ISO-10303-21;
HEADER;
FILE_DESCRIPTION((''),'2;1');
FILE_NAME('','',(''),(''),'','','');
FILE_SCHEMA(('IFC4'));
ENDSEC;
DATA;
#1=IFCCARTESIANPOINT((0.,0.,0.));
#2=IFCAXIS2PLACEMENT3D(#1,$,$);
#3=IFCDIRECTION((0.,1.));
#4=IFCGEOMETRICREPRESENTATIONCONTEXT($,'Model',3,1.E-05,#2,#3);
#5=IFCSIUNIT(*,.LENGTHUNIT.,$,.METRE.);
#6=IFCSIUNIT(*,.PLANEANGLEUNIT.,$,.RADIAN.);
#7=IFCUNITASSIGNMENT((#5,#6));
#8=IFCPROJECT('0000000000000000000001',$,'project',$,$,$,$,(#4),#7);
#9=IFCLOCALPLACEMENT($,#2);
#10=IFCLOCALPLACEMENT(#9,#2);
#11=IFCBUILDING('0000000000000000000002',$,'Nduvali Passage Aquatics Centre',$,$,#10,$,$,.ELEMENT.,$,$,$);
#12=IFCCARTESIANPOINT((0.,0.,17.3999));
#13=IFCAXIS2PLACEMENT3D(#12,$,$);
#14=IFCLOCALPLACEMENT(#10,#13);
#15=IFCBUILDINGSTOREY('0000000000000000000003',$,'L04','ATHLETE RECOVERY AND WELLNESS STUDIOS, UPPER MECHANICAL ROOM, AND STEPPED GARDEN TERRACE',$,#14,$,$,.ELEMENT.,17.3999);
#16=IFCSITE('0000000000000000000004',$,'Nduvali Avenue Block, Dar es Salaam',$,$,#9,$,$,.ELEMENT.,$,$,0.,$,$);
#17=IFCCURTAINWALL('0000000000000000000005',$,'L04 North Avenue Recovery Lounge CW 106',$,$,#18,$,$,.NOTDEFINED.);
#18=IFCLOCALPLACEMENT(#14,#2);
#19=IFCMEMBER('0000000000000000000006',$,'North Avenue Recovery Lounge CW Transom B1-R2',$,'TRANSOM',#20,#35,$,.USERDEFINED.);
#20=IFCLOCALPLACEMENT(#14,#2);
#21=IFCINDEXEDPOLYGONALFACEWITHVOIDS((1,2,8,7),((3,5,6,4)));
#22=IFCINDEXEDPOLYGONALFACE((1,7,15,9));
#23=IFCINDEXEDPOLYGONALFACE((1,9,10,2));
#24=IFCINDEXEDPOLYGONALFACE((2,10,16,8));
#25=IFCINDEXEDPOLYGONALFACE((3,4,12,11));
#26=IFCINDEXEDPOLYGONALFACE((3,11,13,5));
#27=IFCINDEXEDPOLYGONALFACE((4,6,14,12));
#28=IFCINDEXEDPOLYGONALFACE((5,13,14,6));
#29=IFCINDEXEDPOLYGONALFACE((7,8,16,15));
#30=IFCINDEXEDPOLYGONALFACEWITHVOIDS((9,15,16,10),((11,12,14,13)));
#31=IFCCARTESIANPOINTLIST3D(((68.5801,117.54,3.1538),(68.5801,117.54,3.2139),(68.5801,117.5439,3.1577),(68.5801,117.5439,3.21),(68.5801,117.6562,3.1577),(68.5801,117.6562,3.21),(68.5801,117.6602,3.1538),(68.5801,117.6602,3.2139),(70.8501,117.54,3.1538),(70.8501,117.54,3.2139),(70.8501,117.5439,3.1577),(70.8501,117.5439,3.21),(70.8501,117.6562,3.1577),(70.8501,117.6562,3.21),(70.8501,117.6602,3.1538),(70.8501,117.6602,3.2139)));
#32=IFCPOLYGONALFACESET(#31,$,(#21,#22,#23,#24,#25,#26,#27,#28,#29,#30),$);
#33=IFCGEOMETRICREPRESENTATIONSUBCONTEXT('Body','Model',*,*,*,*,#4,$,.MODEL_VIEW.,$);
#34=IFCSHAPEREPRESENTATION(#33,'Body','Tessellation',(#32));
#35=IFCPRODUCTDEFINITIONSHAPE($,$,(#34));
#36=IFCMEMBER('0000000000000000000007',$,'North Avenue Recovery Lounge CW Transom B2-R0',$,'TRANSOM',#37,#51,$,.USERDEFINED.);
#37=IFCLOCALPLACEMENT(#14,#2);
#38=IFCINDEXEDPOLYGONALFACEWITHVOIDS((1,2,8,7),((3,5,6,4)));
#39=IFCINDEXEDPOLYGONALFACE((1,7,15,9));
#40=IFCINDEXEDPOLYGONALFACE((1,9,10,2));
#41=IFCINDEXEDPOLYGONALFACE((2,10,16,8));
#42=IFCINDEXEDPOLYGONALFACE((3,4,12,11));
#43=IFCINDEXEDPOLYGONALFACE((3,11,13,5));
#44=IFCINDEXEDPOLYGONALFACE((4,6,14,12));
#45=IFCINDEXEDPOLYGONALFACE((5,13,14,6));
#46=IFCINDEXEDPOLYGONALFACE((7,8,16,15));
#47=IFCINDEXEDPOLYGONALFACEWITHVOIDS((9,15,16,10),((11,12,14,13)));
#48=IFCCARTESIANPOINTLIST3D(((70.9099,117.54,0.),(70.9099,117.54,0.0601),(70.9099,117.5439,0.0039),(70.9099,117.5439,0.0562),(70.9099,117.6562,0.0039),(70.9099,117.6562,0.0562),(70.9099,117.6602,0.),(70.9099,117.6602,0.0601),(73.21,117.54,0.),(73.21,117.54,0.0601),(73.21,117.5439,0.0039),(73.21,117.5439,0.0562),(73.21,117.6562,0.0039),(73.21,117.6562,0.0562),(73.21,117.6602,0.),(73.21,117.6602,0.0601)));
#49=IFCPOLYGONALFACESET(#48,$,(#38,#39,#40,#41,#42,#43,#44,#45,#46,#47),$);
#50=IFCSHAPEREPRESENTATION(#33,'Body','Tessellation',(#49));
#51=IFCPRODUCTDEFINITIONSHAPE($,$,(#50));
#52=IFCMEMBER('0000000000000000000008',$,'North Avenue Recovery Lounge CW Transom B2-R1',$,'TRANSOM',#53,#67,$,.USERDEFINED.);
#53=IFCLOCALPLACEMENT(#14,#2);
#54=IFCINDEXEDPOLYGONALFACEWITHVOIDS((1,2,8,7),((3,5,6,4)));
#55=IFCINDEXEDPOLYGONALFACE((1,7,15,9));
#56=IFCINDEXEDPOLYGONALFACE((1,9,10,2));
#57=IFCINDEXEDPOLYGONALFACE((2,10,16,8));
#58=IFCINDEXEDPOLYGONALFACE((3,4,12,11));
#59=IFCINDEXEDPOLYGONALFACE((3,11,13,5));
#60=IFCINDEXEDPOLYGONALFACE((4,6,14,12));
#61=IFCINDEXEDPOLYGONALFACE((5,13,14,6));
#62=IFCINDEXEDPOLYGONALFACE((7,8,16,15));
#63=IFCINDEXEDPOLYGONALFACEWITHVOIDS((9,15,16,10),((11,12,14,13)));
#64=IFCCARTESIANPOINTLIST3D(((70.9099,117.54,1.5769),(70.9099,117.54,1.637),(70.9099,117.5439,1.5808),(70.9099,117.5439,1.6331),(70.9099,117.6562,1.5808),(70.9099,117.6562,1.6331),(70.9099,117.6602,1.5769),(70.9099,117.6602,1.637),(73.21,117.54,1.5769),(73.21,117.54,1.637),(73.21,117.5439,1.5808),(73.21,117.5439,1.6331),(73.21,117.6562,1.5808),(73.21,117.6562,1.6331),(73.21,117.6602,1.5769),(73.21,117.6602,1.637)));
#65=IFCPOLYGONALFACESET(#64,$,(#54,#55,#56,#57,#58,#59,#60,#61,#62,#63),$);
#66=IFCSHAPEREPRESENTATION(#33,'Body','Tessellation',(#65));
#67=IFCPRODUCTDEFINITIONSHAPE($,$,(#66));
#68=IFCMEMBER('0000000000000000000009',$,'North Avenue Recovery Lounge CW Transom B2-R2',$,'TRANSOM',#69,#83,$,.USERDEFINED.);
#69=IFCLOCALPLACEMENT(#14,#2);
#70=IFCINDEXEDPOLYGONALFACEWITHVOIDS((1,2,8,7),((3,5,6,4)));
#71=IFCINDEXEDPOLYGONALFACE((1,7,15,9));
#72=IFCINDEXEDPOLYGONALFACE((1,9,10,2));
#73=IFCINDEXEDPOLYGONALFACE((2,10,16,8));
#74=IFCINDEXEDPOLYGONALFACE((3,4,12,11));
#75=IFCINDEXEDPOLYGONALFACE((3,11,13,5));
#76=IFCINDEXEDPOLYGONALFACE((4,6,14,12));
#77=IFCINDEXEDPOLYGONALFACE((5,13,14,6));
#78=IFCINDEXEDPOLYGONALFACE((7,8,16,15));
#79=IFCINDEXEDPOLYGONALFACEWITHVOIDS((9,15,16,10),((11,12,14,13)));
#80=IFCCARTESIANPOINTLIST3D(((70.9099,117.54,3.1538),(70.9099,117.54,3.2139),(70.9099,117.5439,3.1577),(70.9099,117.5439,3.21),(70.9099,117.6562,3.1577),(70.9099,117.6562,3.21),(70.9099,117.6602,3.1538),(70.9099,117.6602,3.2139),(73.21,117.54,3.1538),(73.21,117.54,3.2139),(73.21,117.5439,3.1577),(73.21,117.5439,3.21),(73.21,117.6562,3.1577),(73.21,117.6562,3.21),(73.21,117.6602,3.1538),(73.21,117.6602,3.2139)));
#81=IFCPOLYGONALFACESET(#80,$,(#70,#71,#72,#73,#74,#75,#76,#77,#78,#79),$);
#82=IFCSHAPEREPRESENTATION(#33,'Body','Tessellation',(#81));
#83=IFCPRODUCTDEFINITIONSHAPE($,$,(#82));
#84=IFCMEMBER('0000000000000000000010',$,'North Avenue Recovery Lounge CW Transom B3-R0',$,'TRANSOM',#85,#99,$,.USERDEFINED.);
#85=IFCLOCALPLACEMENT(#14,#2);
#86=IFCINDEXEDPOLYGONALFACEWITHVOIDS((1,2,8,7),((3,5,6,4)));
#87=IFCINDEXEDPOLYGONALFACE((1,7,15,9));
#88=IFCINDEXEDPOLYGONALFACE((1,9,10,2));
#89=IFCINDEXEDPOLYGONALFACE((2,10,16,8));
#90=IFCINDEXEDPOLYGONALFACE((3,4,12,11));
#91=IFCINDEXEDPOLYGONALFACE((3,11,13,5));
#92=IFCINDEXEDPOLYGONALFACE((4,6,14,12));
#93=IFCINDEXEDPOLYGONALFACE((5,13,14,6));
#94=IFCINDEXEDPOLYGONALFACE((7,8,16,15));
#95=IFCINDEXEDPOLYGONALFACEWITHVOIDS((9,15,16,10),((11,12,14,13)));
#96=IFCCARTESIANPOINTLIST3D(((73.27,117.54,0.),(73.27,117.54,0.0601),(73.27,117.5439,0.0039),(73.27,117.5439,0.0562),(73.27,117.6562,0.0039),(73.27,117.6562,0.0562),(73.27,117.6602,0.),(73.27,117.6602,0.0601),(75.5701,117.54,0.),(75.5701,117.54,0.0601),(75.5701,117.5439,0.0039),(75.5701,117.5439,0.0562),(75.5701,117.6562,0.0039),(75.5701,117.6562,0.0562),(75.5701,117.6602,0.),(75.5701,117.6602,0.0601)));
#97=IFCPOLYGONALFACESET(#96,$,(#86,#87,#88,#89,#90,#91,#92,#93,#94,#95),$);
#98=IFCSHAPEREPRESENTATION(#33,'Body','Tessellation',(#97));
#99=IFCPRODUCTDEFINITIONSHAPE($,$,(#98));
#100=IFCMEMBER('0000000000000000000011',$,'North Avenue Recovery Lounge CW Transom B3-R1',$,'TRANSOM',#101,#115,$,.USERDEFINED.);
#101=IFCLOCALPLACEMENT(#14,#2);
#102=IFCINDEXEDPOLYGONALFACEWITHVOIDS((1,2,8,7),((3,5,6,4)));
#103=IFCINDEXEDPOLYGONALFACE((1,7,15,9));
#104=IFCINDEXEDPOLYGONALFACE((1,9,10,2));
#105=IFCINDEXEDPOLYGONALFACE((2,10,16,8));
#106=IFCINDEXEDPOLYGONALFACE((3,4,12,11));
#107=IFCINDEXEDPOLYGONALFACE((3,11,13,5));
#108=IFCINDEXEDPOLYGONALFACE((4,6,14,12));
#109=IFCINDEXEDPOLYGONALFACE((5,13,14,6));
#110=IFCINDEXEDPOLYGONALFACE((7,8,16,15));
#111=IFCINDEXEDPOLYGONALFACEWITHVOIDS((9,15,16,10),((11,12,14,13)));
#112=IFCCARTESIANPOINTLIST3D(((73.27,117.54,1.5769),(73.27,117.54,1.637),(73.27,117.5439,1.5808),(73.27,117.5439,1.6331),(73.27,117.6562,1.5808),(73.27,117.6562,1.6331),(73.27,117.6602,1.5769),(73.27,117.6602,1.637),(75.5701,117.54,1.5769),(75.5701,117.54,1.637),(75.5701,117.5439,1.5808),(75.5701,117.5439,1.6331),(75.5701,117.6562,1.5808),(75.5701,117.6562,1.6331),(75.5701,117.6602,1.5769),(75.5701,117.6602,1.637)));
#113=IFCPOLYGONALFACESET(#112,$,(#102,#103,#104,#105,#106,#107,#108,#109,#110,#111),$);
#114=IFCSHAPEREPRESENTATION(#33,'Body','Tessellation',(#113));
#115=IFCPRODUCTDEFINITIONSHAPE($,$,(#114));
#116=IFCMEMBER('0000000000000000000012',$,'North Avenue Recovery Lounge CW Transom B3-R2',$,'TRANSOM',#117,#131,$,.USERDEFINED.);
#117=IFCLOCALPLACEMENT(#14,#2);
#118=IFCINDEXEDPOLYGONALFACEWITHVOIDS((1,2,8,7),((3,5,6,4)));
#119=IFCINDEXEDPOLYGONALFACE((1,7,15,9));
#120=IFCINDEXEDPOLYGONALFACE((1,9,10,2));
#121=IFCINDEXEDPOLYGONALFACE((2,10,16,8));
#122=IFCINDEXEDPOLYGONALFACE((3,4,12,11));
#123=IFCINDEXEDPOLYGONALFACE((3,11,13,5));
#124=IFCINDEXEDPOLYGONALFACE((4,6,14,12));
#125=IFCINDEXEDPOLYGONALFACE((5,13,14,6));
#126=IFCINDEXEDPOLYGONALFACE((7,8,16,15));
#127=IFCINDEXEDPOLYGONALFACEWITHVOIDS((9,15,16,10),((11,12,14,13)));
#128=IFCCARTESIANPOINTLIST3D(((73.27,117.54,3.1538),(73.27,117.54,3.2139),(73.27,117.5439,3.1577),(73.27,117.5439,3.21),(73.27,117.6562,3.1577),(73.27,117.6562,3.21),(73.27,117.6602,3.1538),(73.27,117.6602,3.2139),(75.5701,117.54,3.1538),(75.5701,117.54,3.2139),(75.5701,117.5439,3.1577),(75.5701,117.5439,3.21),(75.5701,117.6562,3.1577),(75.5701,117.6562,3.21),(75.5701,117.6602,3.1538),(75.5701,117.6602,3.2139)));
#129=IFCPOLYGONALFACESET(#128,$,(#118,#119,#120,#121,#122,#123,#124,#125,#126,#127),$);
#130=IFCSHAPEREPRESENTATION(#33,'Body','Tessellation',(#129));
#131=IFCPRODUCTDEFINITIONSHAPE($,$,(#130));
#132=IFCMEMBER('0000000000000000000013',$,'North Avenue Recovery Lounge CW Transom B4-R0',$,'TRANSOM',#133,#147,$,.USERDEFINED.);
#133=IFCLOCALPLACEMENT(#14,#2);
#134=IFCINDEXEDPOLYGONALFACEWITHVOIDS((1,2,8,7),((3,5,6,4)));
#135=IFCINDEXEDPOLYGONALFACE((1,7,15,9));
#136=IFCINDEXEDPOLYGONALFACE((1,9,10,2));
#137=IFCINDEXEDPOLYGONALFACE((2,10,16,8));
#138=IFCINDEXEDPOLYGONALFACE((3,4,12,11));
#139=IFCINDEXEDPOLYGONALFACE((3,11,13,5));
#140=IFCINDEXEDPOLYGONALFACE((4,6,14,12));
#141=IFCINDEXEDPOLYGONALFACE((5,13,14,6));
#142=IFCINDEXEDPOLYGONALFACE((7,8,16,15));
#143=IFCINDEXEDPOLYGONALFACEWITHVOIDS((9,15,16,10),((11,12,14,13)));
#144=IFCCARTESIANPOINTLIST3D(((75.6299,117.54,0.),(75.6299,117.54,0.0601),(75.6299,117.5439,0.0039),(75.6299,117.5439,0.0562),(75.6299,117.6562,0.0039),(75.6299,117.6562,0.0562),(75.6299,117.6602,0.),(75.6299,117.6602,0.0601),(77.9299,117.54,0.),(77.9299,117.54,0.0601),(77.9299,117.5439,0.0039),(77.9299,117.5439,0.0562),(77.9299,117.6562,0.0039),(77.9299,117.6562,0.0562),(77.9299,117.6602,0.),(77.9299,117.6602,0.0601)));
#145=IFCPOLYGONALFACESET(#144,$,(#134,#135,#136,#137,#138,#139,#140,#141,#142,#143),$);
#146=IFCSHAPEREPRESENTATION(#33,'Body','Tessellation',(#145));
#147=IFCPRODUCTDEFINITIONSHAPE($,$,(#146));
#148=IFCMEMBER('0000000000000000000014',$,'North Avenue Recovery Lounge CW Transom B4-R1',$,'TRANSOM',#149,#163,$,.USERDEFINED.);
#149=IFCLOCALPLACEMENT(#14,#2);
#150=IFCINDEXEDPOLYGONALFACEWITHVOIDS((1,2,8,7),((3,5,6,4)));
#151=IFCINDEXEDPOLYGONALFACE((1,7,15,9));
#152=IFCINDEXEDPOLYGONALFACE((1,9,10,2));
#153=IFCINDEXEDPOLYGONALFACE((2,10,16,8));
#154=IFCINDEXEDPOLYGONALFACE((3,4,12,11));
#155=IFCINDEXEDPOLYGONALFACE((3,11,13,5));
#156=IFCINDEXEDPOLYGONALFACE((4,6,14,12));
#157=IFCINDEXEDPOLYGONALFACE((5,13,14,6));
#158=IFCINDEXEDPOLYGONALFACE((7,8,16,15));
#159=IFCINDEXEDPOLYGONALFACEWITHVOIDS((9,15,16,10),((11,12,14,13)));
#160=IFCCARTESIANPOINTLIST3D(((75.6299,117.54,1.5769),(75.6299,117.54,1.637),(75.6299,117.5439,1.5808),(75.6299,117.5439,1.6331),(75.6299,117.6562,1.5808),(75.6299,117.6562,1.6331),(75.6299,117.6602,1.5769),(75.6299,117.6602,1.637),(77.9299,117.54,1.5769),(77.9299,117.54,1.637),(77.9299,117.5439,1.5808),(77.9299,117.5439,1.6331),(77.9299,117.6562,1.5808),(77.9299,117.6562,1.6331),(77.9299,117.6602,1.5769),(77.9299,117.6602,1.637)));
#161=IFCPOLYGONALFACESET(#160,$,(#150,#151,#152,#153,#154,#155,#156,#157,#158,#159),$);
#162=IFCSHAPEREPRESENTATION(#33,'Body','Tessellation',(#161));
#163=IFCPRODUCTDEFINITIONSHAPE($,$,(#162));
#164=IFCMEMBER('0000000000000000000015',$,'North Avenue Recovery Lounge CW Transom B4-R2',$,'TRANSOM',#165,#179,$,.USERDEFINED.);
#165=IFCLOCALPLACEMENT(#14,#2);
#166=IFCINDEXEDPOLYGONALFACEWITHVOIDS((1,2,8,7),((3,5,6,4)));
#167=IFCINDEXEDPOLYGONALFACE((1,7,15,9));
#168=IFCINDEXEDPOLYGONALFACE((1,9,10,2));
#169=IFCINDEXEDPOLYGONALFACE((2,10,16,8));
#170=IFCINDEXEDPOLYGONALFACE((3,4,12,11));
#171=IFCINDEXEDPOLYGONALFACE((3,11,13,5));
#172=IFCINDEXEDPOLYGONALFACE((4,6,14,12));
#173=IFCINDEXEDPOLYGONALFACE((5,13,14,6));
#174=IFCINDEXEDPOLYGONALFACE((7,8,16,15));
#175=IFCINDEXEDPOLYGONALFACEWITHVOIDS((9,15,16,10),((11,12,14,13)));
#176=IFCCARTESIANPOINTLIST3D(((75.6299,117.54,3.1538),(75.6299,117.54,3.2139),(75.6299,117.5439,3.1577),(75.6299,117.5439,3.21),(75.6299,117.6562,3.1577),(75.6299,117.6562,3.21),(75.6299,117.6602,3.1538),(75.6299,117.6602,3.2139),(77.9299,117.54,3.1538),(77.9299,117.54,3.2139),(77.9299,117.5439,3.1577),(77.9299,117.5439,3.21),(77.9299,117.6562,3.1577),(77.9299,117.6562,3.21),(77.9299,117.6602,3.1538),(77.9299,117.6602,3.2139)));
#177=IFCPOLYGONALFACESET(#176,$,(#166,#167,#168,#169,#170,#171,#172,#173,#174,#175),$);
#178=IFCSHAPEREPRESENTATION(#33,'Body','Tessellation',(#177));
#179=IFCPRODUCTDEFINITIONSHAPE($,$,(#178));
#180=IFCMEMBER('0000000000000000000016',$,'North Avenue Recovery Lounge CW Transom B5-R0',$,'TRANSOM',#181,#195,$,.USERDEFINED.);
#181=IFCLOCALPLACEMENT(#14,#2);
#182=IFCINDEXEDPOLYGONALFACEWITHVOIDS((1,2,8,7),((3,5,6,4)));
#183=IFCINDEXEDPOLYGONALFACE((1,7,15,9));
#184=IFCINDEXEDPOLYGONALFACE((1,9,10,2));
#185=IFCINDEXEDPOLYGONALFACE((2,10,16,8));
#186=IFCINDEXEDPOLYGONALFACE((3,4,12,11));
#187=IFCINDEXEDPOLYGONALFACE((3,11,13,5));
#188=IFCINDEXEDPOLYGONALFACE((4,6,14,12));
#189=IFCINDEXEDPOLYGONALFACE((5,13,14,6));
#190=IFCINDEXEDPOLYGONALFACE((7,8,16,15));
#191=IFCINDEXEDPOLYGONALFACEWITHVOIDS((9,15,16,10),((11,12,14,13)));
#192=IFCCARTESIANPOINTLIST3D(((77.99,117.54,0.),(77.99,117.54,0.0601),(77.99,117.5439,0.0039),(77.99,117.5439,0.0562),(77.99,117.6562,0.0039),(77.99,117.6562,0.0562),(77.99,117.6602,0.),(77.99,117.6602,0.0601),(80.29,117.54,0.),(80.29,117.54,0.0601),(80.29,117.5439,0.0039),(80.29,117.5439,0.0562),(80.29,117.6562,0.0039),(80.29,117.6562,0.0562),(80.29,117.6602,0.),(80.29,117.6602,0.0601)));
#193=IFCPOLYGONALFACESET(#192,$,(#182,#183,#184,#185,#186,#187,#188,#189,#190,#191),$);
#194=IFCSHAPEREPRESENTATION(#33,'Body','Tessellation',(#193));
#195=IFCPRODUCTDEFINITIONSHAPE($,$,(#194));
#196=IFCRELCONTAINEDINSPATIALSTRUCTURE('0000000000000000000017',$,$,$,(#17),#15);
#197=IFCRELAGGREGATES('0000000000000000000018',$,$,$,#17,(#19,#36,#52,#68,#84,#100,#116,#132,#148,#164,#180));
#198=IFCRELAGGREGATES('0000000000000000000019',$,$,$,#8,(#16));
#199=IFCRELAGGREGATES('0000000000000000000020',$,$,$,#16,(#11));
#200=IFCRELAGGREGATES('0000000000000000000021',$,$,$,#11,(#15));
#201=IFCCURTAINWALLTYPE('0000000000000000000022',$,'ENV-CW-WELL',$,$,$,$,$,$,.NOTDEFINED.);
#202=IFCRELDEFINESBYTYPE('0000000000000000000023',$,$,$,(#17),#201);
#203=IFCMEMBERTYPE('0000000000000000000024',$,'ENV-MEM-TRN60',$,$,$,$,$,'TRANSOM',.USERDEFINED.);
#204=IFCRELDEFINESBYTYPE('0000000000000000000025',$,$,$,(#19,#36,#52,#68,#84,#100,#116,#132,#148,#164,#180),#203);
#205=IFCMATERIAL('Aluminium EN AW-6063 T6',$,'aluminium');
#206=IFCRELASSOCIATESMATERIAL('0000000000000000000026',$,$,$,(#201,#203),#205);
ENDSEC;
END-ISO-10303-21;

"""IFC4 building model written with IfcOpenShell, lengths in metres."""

from ifc_helpers import new_model, si_unit, direction, frame, origin, origin_2d, place, context, subcontext, project, spatial, hollow_rectangle, extrude, material, material_profile, profile_set, type_object, element, aggregate, save


model = new_model("IFC4")

# Units and contexts
model_context = context("Model", 3, precision=1e-05, world=origin(), true_north=direction((0.0, 1.0)))
body_context = subcontext(model_context, "Body", "Model", "MODEL_VIEW")
ifc_project = project(units=[si_unit("LENGTHUNIT", "METRE"), si_unit("PLANEANGLEUNIT", "RADIAN")], contexts=[model_context])

# Site, building, storey
site_placement = place(None, origin())
site = spatial("IfcSite", under=ifc_project, at=site_placement, Name="Nduvali Avenue Block, Dar es Salaam", CompositionType="ELEMENT", RefElevation=0.0)
building_placement = place(site_placement, origin())
building = spatial("IfcBuilding", under=site, at=building_placement, Name="Nduvali Passage Aquatics Centre", CompositionType="ELEMENT")
storey_placement = place(building_placement, frame((0.0, 0.0, 17.3999)))
storey = spatial("IfcBuildingStorey", under=building, at=storey_placement, Name="L04", Description="ATHLETE RECOVERY AND WELLNESS STUDIOS, UPPER MECHANICAL ROOM, AND STEPPED GARDEN TERRACE", CompositionType="ELEMENT", Elevation=17.3999)

# Curtain wall, members
ifc_material_1 = material(Name="Aluminium EN AW-6063 T6", Category="aluminium")
curtain_wall_type = type_object("IfcCurtainWallType", Name="ENV-CW-WELL", PredefinedType="NOTDEFINED", material=ifc_material_1)
curtain_wall_placement = place(storey_placement, origin())
curtain_wall = element("IfcCurtainWall", 1, at=curtain_wall_placement, inside=storey, type_object=curtain_wall_type, Name="L04 North Avenue Recovery Lounge CW 106", PredefinedType="NOTDEFINED")
ifc_material_profile_1 = material_profile(ifc_material_1, hollow_rectangle(XDim=0.1201, YDim=0.0601, WallThickness=0.0039, at=origin_2d()), Name="ALU TRANSOM 120x60x4")
ifc_profile_set_1 = profile_set([ifc_material_profile_1], Name="Aluminium EN AW-6063 T6")
member_type_1 = type_object("IfcMemberType", Name="ENV-MEM-TRN60", ElementType="TRANSOM", PredefinedType="USERDEFINED", material=ifc_profile_set_1)
member_1_placement = place(storey_placement, frame((68.5801, 117.6001, 3.1838), z_axis=(1.0, 0.0, 0.0), x_axis=(0.0, 1.0, 0.0)))
member_1 = element("IfcMember", 2, at=member_1_placement, type_object=member_type_1, Name="North Avenue Recovery Lounge CW Transom B1-R2", ObjectType="TRANSOM", PredefinedType="USERDEFINED", context=body_context, shape_type="SweptSolid", body=[
    extrude(hollow_rectangle(XDim=0.1201, YDim=0.0601, WallThickness=0.0039, at=origin_2d()), origin(), (0.0, 0.0, 1.0), 2.27),
])
member_2_placement = place(storey_placement, frame((70.9099, 117.6001, 0.03), z_axis=(1.0, 0.0, 0.0), x_axis=(0.0, 1.0, 0.0)))
member_2 = element("IfcMember", 3, at=member_2_placement, type_object=member_type_1, Name="North Avenue Recovery Lounge CW Transom B2-R0", ObjectType="TRANSOM", PredefinedType="USERDEFINED", context=body_context, shape_type="SweptSolid", body=[
    extrude(hollow_rectangle(XDim=0.1201, YDim=0.0601, WallThickness=0.0039, at=origin_2d()), origin(), (0.0, 0.0, 1.0), 2.3),
])
member_3_placement = place(storey_placement, frame((70.9099, 117.6001, 1.6069), z_axis=(1.0, 0.0, 0.0), x_axis=(0.0, 1.0, 0.0)))
member_3 = element("IfcMember", 4, at=member_3_placement, type_object=member_type_1, Name="North Avenue Recovery Lounge CW Transom B2-R1", ObjectType="TRANSOM", PredefinedType="USERDEFINED", context=body_context, shape_type="SweptSolid", body=[
    extrude(hollow_rectangle(XDim=0.1201, YDim=0.0601, WallThickness=0.0039, at=origin_2d()), origin(), (0.0, 0.0, 1.0), 2.3),
])
member_4_placement = place(storey_placement, frame((70.9099, 117.6001, 3.1838), z_axis=(1.0, 0.0, 0.0), x_axis=(0.0, 1.0, 0.0)))
member_4 = element("IfcMember", 5, at=member_4_placement, type_object=member_type_1, Name="North Avenue Recovery Lounge CW Transom B2-R2", ObjectType="TRANSOM", PredefinedType="USERDEFINED", context=body_context, shape_type="SweptSolid", body=[
    extrude(hollow_rectangle(XDim=0.1201, YDim=0.0601, WallThickness=0.0039, at=origin_2d()), origin(), (0.0, 0.0, 1.0), 2.3),
])
member_5_placement = place(storey_placement, frame((73.27, 117.6001, 0.03), z_axis=(1.0, 0.0, 0.0), x_axis=(0.0, 1.0, 0.0)))
member_5 = element("IfcMember", 6, at=member_5_placement, type_object=member_type_1, Name="North Avenue Recovery Lounge CW Transom B3-R0", ObjectType="TRANSOM", PredefinedType="USERDEFINED", context=body_context, shape_type="SweptSolid", body=[
    extrude(hollow_rectangle(XDim=0.1201, YDim=0.0601, WallThickness=0.0039, at=origin_2d()), origin(), (0.0, 0.0, 1.0), 2.3),
])
member_6_placement = place(storey_placement, frame((73.27, 117.6001, 1.6069), z_axis=(1.0, 0.0, 0.0), x_axis=(0.0, 1.0, 0.0)))
member_6 = element("IfcMember", 7, at=member_6_placement, type_object=member_type_1, Name="North Avenue Recovery Lounge CW Transom B3-R1", ObjectType="TRANSOM", PredefinedType="USERDEFINED", context=body_context, shape_type="SweptSolid", body=[
    extrude(hollow_rectangle(XDim=0.1201, YDim=0.0601, WallThickness=0.0039, at=origin_2d()), origin(), (0.0, 0.0, 1.0), 2.3),
])
member_7_placement = place(storey_placement, frame((73.27, 117.6001, 3.1838), z_axis=(1.0, 0.0, 0.0), x_axis=(0.0, 1.0, 0.0)))
member_7 = element("IfcMember", 8, at=member_7_placement, type_object=member_type_1, Name="North Avenue Recovery Lounge CW Transom B3-R2", ObjectType="TRANSOM", PredefinedType="USERDEFINED", context=body_context, shape_type="SweptSolid", body=[
    extrude(hollow_rectangle(XDim=0.1201, YDim=0.0601, WallThickness=0.0039, at=origin_2d()), origin(), (0.0, 0.0, 1.0), 2.3),
])
member_8_placement = place(storey_placement, frame((75.6299, 117.6001, 0.03), z_axis=(1.0, 0.0, 0.0), x_axis=(0.0, 1.0, 0.0)))
member_8 = element("IfcMember", 9, at=member_8_placement, type_object=member_type_1, Name="North Avenue Recovery Lounge CW Transom B4-R0", ObjectType="TRANSOM", PredefinedType="USERDEFINED", context=body_context, shape_type="SweptSolid", body=[
    extrude(hollow_rectangle(XDim=0.1201, YDim=0.0601, WallThickness=0.0039, at=origin_2d()), origin(), (0.0, 0.0, 1.0), 2.3),
])
member_9_placement = place(storey_placement, frame((75.6299, 117.6001, 1.6069), z_axis=(1.0, 0.0, 0.0), x_axis=(0.0, 1.0, 0.0)))
member_9 = element("IfcMember", 10, at=member_9_placement, type_object=member_type_1, Name="North Avenue Recovery Lounge CW Transom B4-R1", ObjectType="TRANSOM", PredefinedType="USERDEFINED", context=body_context, shape_type="SweptSolid", body=[
    extrude(hollow_rectangle(XDim=0.1201, YDim=0.0601, WallThickness=0.0039, at=origin_2d()), origin(), (0.0, 0.0, 1.0), 2.3),
])
member_10_placement = place(storey_placement, frame((75.6299, 117.6001, 3.1838), z_axis=(1.0, 0.0, 0.0), x_axis=(0.0, 1.0, 0.0)))
member_10 = element("IfcMember", 11, at=member_10_placement, type_object=member_type_1, Name="North Avenue Recovery Lounge CW Transom B4-R2", ObjectType="TRANSOM", PredefinedType="USERDEFINED", context=body_context, shape_type="SweptSolid", body=[
    extrude(hollow_rectangle(XDim=0.1201, YDim=0.0601, WallThickness=0.0039, at=origin_2d()), origin(), (0.0, 0.0, 1.0), 2.3),
])
member_11_placement = place(storey_placement, frame((77.99, 117.6001, 0.03), z_axis=(1.0, 0.0, 0.0), x_axis=(0.0, 1.0, 0.0)))
member_11 = element("IfcMember", 12, at=member_11_placement, type_object=member_type_1, Name="North Avenue Recovery Lounge CW Transom B5-R0", ObjectType="TRANSOM", PredefinedType="USERDEFINED", context=body_context, shape_type="SweptSolid", body=[
    extrude(hollow_rectangle(XDim=0.1201, YDim=0.0601, WallThickness=0.0039, at=origin_2d()), origin(), (0.0, 0.0, 1.0), 2.3),
])

aggregate(curtain_wall, [member_1, member_2, member_3, member_4, member_5, member_6, member_7, member_8, member_9, member_10, member_11])

save(model, "model.ifc")
